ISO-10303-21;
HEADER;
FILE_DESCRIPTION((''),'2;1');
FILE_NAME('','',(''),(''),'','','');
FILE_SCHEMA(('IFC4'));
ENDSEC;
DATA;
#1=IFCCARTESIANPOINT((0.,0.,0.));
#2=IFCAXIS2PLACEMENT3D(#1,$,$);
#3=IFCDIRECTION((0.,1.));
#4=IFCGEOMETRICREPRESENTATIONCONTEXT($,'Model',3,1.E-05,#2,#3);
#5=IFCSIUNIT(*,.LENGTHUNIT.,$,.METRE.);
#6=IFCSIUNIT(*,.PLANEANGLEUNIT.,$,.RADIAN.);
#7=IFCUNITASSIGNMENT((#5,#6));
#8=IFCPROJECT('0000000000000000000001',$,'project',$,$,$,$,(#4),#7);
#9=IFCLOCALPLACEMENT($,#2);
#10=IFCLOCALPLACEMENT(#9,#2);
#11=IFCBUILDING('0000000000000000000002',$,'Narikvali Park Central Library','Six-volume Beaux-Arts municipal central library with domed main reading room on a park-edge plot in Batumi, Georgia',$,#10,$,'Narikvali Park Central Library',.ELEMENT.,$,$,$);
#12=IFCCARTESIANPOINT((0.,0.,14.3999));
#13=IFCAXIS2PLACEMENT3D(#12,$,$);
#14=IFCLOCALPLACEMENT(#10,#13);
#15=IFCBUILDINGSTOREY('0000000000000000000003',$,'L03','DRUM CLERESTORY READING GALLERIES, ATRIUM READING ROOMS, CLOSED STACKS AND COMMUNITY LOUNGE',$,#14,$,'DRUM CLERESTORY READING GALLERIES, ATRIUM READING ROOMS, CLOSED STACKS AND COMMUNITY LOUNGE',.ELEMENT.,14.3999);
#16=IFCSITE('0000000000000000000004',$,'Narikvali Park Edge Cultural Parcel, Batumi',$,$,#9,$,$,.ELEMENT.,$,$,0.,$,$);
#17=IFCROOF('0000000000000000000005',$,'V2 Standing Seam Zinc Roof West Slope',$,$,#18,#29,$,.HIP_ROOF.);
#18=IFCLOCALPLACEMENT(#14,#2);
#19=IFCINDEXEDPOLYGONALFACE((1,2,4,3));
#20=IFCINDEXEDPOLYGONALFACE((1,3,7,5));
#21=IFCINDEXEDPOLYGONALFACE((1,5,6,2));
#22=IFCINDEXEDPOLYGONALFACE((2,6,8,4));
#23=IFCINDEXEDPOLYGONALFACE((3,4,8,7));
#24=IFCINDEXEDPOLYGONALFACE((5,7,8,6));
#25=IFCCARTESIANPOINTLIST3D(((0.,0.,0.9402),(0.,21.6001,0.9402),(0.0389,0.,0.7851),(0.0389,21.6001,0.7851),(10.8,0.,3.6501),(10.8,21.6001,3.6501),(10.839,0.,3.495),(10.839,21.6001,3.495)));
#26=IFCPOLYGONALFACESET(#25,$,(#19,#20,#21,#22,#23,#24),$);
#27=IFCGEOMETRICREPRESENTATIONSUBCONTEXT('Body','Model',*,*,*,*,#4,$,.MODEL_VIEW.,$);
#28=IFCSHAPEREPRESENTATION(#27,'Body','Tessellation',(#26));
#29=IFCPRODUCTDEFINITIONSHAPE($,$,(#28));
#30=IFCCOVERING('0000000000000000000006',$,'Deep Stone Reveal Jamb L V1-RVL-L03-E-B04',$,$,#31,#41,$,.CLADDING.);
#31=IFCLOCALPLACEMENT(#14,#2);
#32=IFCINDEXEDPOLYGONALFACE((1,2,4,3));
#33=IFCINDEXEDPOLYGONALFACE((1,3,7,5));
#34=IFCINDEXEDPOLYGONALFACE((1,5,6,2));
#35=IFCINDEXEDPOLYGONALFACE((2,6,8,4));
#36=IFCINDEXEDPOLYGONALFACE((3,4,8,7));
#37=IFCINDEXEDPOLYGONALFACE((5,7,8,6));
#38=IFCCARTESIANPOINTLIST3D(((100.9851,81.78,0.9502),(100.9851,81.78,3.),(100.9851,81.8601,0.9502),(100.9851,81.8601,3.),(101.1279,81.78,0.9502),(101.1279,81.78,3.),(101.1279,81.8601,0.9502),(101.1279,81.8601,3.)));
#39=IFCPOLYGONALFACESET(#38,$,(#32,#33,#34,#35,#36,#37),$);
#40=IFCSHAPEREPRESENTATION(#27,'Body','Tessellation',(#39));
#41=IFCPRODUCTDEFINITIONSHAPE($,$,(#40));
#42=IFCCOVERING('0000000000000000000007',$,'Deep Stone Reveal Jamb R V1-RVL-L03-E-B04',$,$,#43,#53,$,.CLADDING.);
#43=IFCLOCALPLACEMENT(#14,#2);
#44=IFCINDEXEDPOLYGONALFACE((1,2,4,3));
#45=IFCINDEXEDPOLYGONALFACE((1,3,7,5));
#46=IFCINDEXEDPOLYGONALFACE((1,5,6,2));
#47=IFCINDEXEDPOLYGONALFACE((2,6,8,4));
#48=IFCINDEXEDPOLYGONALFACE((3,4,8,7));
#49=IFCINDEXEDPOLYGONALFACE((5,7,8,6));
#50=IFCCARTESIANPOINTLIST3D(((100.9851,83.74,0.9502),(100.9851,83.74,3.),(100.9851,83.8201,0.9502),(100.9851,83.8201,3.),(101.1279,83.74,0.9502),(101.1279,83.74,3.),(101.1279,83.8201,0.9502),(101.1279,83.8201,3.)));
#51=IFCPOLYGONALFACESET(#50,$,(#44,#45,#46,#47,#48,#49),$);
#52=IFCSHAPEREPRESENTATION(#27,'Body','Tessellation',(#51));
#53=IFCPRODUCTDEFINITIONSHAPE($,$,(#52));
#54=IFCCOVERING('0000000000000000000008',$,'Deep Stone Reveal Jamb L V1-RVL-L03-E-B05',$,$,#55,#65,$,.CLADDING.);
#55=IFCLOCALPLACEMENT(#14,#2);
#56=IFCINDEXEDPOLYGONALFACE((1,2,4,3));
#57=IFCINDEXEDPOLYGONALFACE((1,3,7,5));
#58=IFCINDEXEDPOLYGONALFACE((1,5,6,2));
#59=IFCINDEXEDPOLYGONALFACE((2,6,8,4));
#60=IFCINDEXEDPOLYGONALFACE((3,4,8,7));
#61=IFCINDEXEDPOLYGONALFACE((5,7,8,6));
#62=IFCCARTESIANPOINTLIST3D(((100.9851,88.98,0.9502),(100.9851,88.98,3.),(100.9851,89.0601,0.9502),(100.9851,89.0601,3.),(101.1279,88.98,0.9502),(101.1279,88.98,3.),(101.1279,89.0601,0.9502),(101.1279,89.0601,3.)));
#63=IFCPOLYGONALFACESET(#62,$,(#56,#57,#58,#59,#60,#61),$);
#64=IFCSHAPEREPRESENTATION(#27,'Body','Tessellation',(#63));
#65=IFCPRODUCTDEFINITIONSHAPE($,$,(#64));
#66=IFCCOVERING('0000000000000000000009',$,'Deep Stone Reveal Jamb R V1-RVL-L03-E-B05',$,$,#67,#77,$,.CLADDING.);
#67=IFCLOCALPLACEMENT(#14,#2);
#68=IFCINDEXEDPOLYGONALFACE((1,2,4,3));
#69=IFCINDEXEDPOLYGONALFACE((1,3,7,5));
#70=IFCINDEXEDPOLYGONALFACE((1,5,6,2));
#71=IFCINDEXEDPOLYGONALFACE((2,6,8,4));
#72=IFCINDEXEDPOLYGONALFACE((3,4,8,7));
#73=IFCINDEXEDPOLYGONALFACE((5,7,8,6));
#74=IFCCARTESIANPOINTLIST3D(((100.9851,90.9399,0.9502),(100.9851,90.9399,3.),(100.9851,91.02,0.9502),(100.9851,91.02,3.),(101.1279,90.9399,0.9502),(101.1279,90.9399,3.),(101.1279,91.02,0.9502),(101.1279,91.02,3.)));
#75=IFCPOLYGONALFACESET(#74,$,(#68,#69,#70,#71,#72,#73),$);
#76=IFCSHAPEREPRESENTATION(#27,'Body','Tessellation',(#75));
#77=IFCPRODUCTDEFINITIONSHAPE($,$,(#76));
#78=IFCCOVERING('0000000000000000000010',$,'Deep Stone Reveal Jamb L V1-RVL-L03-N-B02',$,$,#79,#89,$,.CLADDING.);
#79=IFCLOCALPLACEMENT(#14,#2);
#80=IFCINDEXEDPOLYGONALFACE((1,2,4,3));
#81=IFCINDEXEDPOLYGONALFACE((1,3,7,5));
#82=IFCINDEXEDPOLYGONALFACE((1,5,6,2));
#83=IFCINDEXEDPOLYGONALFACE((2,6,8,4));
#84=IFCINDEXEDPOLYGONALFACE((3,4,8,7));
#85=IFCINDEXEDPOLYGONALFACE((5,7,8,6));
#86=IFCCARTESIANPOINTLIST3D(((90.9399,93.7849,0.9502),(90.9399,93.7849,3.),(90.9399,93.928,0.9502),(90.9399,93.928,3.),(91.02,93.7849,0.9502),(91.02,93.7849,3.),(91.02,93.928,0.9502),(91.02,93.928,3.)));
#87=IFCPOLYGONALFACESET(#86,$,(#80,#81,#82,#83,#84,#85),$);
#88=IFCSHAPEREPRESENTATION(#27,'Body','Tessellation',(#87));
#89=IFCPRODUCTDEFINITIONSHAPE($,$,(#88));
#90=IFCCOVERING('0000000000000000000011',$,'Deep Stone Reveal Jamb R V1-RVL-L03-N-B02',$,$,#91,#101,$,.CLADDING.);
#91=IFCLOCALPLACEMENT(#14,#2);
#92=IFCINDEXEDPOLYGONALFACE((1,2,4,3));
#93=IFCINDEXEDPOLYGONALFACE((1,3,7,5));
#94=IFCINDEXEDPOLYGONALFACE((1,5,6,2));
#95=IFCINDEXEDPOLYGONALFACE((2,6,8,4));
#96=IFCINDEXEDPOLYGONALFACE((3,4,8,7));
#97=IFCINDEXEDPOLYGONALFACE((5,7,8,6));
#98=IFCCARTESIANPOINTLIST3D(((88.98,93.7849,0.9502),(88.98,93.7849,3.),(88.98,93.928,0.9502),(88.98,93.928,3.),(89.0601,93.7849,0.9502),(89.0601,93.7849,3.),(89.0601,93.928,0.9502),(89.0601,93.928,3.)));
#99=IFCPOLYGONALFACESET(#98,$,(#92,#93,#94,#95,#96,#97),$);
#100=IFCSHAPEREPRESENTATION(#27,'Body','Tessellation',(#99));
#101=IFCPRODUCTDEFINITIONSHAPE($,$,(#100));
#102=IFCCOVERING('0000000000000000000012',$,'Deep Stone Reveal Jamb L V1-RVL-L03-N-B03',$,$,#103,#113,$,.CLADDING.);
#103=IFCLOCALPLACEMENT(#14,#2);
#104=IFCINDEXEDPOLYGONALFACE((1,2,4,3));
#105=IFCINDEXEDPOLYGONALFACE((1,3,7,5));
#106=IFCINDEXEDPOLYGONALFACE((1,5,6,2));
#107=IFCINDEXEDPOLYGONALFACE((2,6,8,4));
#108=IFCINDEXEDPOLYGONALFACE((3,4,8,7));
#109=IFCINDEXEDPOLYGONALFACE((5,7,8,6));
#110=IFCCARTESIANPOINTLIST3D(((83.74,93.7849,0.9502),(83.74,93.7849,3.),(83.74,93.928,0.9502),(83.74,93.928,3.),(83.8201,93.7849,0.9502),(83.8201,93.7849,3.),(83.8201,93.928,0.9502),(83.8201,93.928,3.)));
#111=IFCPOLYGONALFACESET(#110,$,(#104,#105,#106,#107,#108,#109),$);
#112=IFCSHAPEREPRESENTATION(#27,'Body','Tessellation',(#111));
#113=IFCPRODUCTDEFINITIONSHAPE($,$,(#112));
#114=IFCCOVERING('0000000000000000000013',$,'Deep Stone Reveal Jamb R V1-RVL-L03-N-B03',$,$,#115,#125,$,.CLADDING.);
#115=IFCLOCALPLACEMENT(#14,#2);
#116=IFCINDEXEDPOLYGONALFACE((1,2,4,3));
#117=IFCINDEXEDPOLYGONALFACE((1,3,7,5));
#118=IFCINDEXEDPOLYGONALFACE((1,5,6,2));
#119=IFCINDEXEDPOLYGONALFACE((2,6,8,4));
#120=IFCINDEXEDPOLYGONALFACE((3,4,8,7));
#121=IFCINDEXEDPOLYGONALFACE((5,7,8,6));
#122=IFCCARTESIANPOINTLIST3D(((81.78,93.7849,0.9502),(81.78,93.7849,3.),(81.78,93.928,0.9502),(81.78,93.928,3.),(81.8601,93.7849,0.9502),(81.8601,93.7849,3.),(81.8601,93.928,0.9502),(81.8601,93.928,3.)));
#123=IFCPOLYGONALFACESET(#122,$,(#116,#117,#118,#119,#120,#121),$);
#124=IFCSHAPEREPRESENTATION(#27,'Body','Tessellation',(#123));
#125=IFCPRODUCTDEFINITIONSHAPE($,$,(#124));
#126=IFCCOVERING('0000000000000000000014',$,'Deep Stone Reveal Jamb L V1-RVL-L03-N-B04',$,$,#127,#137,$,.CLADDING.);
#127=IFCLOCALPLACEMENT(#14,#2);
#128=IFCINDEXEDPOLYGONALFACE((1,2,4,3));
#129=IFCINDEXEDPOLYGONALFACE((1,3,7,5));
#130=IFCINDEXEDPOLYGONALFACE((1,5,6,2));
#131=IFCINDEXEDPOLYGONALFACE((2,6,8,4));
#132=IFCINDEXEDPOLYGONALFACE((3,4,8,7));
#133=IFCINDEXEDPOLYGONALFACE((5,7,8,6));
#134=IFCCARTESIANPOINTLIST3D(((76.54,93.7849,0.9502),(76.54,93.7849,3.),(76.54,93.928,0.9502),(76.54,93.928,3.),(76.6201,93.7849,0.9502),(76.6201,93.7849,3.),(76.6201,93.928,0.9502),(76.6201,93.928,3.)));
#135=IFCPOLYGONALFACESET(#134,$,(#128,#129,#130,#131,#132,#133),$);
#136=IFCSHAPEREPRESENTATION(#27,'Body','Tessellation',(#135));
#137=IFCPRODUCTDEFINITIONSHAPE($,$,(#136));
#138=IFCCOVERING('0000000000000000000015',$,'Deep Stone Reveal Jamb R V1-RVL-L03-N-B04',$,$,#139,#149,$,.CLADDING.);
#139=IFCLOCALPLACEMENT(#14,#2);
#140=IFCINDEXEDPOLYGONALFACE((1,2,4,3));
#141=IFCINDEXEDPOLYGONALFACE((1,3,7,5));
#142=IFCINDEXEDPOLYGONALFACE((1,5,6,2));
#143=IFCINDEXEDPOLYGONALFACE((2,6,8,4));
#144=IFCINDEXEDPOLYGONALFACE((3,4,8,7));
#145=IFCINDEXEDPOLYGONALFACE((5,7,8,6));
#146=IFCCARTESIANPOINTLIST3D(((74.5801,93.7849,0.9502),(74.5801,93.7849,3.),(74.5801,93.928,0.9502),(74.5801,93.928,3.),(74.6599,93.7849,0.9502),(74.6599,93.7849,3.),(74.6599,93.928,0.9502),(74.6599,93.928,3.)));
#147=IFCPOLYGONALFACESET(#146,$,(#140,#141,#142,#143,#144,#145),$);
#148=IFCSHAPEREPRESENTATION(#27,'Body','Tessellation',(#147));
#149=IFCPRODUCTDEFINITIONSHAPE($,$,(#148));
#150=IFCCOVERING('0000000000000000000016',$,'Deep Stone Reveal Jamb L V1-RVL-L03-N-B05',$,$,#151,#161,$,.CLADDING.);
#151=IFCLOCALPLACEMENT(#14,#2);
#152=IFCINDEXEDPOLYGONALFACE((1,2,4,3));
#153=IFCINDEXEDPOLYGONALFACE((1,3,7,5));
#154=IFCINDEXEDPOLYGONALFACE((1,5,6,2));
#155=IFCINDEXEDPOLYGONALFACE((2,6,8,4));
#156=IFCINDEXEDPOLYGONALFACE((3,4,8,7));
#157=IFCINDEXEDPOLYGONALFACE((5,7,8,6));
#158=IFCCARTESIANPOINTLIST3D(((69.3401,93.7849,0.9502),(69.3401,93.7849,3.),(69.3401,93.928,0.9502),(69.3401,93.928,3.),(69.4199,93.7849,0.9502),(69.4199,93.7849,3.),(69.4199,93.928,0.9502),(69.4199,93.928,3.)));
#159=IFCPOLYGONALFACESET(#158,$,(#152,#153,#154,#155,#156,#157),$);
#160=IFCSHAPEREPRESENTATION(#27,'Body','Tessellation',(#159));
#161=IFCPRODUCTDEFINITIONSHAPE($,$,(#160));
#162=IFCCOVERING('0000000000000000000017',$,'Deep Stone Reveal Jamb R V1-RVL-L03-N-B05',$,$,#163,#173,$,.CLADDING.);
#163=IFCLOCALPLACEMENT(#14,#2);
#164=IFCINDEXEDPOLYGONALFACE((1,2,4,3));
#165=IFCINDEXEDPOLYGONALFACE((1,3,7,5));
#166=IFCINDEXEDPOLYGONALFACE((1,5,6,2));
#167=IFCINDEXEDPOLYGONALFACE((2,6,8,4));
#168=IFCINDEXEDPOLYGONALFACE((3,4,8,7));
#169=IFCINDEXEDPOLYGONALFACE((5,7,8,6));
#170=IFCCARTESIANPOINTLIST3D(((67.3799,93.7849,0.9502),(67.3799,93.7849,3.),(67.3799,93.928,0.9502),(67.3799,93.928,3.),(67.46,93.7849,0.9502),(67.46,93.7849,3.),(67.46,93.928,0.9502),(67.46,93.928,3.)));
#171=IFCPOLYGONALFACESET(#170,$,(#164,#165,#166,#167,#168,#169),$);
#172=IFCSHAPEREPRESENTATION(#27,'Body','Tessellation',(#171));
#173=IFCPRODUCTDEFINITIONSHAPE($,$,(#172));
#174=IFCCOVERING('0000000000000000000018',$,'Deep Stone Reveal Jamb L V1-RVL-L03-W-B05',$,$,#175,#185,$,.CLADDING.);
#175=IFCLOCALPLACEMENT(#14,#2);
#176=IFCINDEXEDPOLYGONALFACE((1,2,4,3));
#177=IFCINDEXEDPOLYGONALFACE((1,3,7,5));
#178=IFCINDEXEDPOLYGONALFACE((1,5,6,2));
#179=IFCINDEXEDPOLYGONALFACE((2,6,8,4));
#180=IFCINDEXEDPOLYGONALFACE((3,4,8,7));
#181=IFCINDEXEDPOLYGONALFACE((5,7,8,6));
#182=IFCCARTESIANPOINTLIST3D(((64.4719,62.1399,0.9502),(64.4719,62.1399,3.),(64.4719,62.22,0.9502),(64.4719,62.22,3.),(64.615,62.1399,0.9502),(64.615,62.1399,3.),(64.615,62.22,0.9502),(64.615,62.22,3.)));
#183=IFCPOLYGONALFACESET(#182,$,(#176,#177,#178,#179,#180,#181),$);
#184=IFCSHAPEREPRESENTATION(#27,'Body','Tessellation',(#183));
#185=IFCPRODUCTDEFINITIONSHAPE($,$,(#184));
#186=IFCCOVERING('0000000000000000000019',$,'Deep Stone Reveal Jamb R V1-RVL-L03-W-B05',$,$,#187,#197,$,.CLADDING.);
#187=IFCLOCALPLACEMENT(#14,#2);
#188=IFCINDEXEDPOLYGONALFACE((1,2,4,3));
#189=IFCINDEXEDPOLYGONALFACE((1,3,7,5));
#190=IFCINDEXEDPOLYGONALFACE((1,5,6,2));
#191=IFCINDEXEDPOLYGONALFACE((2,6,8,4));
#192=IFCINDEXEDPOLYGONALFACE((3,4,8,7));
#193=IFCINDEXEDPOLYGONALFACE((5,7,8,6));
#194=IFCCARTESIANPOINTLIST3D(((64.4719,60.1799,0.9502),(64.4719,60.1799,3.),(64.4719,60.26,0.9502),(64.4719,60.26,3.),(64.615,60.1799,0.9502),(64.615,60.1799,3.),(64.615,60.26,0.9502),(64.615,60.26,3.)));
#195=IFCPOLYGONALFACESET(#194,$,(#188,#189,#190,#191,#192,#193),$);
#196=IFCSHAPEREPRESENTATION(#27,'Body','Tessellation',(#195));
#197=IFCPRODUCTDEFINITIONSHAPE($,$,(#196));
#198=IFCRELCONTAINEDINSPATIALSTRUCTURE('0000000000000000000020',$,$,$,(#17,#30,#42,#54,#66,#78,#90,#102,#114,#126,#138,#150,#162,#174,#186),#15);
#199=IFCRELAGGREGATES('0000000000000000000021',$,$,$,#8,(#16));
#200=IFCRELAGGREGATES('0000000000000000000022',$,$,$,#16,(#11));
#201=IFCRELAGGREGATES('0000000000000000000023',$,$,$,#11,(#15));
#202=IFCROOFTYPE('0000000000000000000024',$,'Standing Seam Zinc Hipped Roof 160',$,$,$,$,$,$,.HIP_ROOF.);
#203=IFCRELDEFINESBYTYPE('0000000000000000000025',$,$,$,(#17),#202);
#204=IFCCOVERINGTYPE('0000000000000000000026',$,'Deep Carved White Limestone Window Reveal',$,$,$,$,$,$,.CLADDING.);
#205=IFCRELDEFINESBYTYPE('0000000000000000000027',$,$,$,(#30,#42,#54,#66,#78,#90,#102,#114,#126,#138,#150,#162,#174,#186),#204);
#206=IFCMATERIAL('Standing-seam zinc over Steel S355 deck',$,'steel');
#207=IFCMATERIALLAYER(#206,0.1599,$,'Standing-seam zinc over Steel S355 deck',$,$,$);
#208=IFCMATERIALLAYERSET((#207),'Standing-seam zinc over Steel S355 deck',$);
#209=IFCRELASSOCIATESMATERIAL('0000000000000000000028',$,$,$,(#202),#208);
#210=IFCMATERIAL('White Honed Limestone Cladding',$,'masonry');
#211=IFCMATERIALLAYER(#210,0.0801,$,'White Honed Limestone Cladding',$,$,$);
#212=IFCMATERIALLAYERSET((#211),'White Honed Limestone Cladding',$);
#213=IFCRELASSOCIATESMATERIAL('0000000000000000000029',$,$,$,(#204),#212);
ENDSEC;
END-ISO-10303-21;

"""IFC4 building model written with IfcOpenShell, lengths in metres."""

from ifc_helpers import new_model, si_unit, direction, frame, origin, place, context, subcontext, project, spatial, polyline, outline, extrude, material, layer, layer_set, type_object, element, save


model = new_model("IFC4")

# Units and contexts
model_context = context("Model", 3, precision=1e-05, world=origin(), true_north=direction((0.0, 1.0)))
body_context = subcontext(model_context, "Body", "Model", "MODEL_VIEW")
ifc_project = project(units=[si_unit("LENGTHUNIT", "METRE"), si_unit("PLANEANGLEUNIT", "RADIAN")], contexts=[model_context])

# Site, building, storey
site_placement = place(None, origin())
site = spatial("IfcSite", under=ifc_project, at=site_placement, Name="Narikvali Park Edge Cultural Parcel, Batumi", CompositionType="ELEMENT", RefElevation=0.0)
building_placement = place(site_placement, origin())
building = spatial("IfcBuilding", under=site, at=building_placement, Name="Narikvali Park Central Library", Description="Six-volume Beaux-Arts municipal central library with domed main reading room on a park-edge plot in Batumi, Georgia", LongName="Narikvali Park Central Library", CompositionType="ELEMENT")
storey_placement = place(building_placement, frame((0.0, 0.0, 14.3999)))
storey = spatial("IfcBuildingStorey", under=building, at=storey_placement, Name="L03", Description="DRUM CLERESTORY READING GALLERIES, ATRIUM READING ROOMS, CLOSED STACKS AND COMMUNITY LOUNGE", LongName="DRUM CLERESTORY READING GALLERIES, ATRIUM READING ROOMS, CLOSED STACKS AND COMMUNITY LOUNGE", CompositionType="ELEMENT", Elevation=14.3999)

# Roof
ifc_material_1 = material(Name="Standing-seam zinc over Steel S355 deck", Category="steel")
ifc_layer_1 = layer(ifc_material_1, 0.1599, Name="Standing-seam zinc over Steel S355 deck")
ifc_layer_set_1 = layer_set([ifc_layer_1], Name="Standing-seam zinc over Steel S355 deck")
roof_type = type_object("IfcRoofType", Name="Standing Seam Zinc Hipped Roof 160", PredefinedType="HIP_ROOF", material=ifc_layer_set_1)
roof_placement = place(storey_placement, frame((0.0, 0.0, 0.9402), z_axis=(-0.243376, 0.0, 0.969932), x_axis=(0.969932, 0.0, 0.243376)))
element("IfcRoof", 1, at=roof_placement, inside=storey, type_object=roof_type, Name="V2 Standing Seam Zinc Roof West Slope", PredefinedType="HIP_ROOF", context=body_context, shape_type="SweptSolid", body=[
    extrude(outline(polyline([(0.0, 0.0), (11.1349, 0.0), (11.1349, 21.6001), (0.0, 21.6001), (0.0, 0.0)])), origin(), (0.0, 0.0, -1.0), 0.1599),
])

# Coverings
ifc_material_2 = material(Name="White Honed Limestone Cladding", Category="masonry")
ifc_layer_2 = layer(ifc_material_2, 0.0801, Name="White Honed Limestone Cladding")
ifc_layer_set_2 = layer_set([ifc_layer_2], Name="White Honed Limestone Cladding")
covering_type = type_object("IfcCoveringType", Name="Deep Carved White Limestone Window Reveal", PredefinedType="CLADDING", material=ifc_layer_set_2)
covering_1_placement = place(storey_placement, frame((0.0, 0.0, 0.9502)))
element("IfcCovering", 2, at=covering_1_placement, inside=storey, type_object=covering_type, Name="Deep Stone Reveal Jamb L V1-RVL-L03-E-B04", PredefinedType="CLADDING", context=body_context, shape_type="SweptSolid", body=[
    extrude(outline(polyline([(100.9851, 81.78), (100.9851, 81.8601), (101.1279, 81.8601), (101.1279, 81.78), (100.9851, 81.78)])), origin(), (0.0, 0.0, 1.0), 2.0498),
])
covering_2_placement = place(storey_placement, frame((0.0, 0.0, 0.9502)))
element("IfcCovering", 3, at=covering_2_placement, inside=storey, type_object=covering_type, Name="Deep Stone Reveal Jamb R V1-RVL-L03-E-B04", PredefinedType="CLADDING", context=body_context, shape_type="SweptSolid", body=[
    extrude(outline(polyline([(100.9851, 83.74), (100.9851, 83.8201), (101.1279, 83.8201), (101.1279, 83.74), (100.9851, 83.74)])), origin(), (0.0, 0.0, 1.0), 2.0498),
])
covering_3_placement = place(storey_placement, frame((0.0, 0.0, 0.9502)))
element("IfcCovering", 4, at=covering_3_placement, inside=storey, type_object=covering_type, Name="Deep Stone Reveal Jamb L V1-RVL-L03-E-B05", PredefinedType="CLADDING", context=body_context, shape_type="SweptSolid", body=[
    extrude(outline(polyline([(100.9851, 88.98), (100.9851, 89.0601), (101.1279, 89.0601), (101.1279, 88.98), (100.9851, 88.98)])), origin(), (0.0, 0.0, 1.0), 2.0498),
])
covering_4_placement = place(storey_placement, frame((0.0, 0.0, 0.9502)))
element("IfcCovering", 5, at=covering_4_placement, inside=storey, type_object=covering_type, Name="Deep Stone Reveal Jamb R V1-RVL-L03-E-B05", PredefinedType="CLADDING", context=body_context, shape_type="SweptSolid", body=[
    extrude(outline(polyline([(100.9851, 90.9399), (100.9851, 91.02), (101.1279, 91.02), (101.1279, 90.9399), (100.9851, 90.9399)])), origin(), (0.0, 0.0, 1.0), 2.0498),
])
covering_5_placement = place(storey_placement, frame((0.0, 0.0, 0.9502)))
element("IfcCovering", 6, at=covering_5_placement, inside=storey, type_object=covering_type, Name="Deep Stone Reveal Jamb L V1-RVL-L03-N-B02", PredefinedType="CLADDING", context=body_context, shape_type="SweptSolid", body=[
    extrude(outline(polyline([(91.02, 93.7849), (90.9399, 93.7849), (90.9399, 93.928), (91.02, 93.928), (91.02, 93.7849)])), origin(), (0.0, 0.0, 1.0), 2.0498),
])
covering_6_placement = place(storey_placement, frame((0.0, 0.0, 0.9502)))
element("IfcCovering", 7, at=covering_6_placement, inside=storey, type_object=covering_type, Name="Deep Stone Reveal Jamb R V1-RVL-L03-N-B02", PredefinedType="CLADDING", context=body_context, shape_type="SweptSolid", body=[
    extrude(outline(polyline([(89.0601, 93.7849), (88.98, 93.7849), (88.98, 93.928), (89.0601, 93.928), (89.0601, 93.7849)])), origin(), (0.0, 0.0, 1.0), 2.0498),
])
covering_7_placement = place(storey_placement, frame((0.0, 0.0, 0.9502)))
element("IfcCovering", 8, at=covering_7_placement, inside=storey, type_object=covering_type, Name="Deep Stone Reveal Jamb L V1-RVL-L03-N-B03", PredefinedType="CLADDING", context=body_context, shape_type="SweptSolid", body=[
    extrude(outline(polyline([(83.8201, 93.7849), (83.74, 93.7849), (83.74, 93.928), (83.8201, 93.928), (83.8201, 93.7849)])), origin(), (0.0, 0.0, 1.0), 2.0498),
])
covering_8_placement = place(storey_placement, frame((0.0, 0.0, 0.9502)))
element("IfcCovering", 9, at=covering_8_placement, inside=storey, type_object=covering_type, Name="Deep Stone Reveal Jamb R V1-RVL-L03-N-B03", PredefinedType="CLADDING", context=body_context, shape_type="SweptSolid", body=[
    extrude(outline(polyline([(81.8601, 93.7849), (81.78, 93.7849), (81.78, 93.928), (81.8601, 93.928), (81.8601, 93.7849)])), origin(), (0.0, 0.0, 1.0), 2.0498),
])
covering_9_placement = place(storey_placement, frame((0.0, 0.0, 0.9502)))
element("IfcCovering", 10, at=covering_9_placement, inside=storey, type_object=covering_type, Name="Deep Stone Reveal Jamb L V1-RVL-L03-N-B04", PredefinedType="CLADDING", context=body_context, shape_type="SweptSolid", body=[
    extrude(outline(polyline([(76.6201, 93.7849), (76.54, 93.7849), (76.54, 93.928), (76.6201, 93.928), (76.6201, 93.7849)])), origin(), (0.0, 0.0, 1.0), 2.0498),
])
covering_10_placement = place(storey_placement, frame((0.0, 0.0, 0.9502)))
element("IfcCovering", 11, at=covering_10_placement, inside=storey, type_object=covering_type, Name="Deep Stone Reveal Jamb R V1-RVL-L03-N-B04", PredefinedType="CLADDING", context=body_context, shape_type="SweptSolid", body=[
    extrude(outline(polyline([(74.6599, 93.7849), (74.5801, 93.7849), (74.5801, 93.928), (74.6599, 93.928), (74.6599, 93.7849)])), origin(), (0.0, 0.0, 1.0), 2.0498),
])
covering_11_placement = place(storey_placement, frame((0.0, 0.0, 0.9502)))
element("IfcCovering", 12, at=covering_11_placement, inside=storey, type_object=covering_type, Name="Deep Stone Reveal Jamb L V1-RVL-L03-N-B05", PredefinedType="CLADDING", context=body_context, shape_type="SweptSolid", body=[
    extrude(outline(polyline([(69.4199, 93.7849), (69.3401, 93.7849), (69.3401, 93.928), (69.4199, 93.928), (69.4199, 93.7849)])), origin(), (0.0, 0.0, 1.0), 2.0498),
])
covering_12_placement = place(storey_placement, frame((0.0, 0.0, 0.9502)))
element("IfcCovering", 13, at=covering_12_placement, inside=storey, type_object=covering_type, Name="Deep Stone Reveal Jamb R V1-RVL-L03-N-B05", PredefinedType="CLADDING", context=body_context, shape_type="SweptSolid", body=[
    extrude(outline(polyline([(67.46, 93.7849), (67.3799, 93.7849), (67.3799, 93.928), (67.46, 93.928), (67.46, 93.7849)])), origin(), (0.0, 0.0, 1.0), 2.0498),
])
covering_13_placement = place(storey_placement, frame((0.0, 0.0, 0.9502)))
element("IfcCovering", 14, at=covering_13_placement, inside=storey, type_object=covering_type, Name="Deep Stone Reveal Jamb L V1-RVL-L03-W-B05", PredefinedType="CLADDING", context=body_context, shape_type="SweptSolid", body=[
    extrude(outline(polyline([(64.615, 62.22), (64.615, 62.1399), (64.4719, 62.1399), (64.4719, 62.22), (64.615, 62.22)])), origin(), (0.0, 0.0, 1.0), 2.0498),
])
covering_14_placement = place(storey_placement, frame((0.0, 0.0, 0.9502)))
element("IfcCovering", 15, at=covering_14_placement, inside=storey, type_object=covering_type, Name="Deep Stone Reveal Jamb R V1-RVL-L03-W-B05", PredefinedType="CLADDING", context=body_context, shape_type="SweptSolid", body=[
    extrude(outline(polyline([(64.615, 60.26), (64.615, 60.1799), (64.4719, 60.1799), (64.4719, 60.26), (64.615, 60.26)])), origin(), (0.0, 0.0, 1.0), 2.0498),
])

save(model, "model.ifc")
